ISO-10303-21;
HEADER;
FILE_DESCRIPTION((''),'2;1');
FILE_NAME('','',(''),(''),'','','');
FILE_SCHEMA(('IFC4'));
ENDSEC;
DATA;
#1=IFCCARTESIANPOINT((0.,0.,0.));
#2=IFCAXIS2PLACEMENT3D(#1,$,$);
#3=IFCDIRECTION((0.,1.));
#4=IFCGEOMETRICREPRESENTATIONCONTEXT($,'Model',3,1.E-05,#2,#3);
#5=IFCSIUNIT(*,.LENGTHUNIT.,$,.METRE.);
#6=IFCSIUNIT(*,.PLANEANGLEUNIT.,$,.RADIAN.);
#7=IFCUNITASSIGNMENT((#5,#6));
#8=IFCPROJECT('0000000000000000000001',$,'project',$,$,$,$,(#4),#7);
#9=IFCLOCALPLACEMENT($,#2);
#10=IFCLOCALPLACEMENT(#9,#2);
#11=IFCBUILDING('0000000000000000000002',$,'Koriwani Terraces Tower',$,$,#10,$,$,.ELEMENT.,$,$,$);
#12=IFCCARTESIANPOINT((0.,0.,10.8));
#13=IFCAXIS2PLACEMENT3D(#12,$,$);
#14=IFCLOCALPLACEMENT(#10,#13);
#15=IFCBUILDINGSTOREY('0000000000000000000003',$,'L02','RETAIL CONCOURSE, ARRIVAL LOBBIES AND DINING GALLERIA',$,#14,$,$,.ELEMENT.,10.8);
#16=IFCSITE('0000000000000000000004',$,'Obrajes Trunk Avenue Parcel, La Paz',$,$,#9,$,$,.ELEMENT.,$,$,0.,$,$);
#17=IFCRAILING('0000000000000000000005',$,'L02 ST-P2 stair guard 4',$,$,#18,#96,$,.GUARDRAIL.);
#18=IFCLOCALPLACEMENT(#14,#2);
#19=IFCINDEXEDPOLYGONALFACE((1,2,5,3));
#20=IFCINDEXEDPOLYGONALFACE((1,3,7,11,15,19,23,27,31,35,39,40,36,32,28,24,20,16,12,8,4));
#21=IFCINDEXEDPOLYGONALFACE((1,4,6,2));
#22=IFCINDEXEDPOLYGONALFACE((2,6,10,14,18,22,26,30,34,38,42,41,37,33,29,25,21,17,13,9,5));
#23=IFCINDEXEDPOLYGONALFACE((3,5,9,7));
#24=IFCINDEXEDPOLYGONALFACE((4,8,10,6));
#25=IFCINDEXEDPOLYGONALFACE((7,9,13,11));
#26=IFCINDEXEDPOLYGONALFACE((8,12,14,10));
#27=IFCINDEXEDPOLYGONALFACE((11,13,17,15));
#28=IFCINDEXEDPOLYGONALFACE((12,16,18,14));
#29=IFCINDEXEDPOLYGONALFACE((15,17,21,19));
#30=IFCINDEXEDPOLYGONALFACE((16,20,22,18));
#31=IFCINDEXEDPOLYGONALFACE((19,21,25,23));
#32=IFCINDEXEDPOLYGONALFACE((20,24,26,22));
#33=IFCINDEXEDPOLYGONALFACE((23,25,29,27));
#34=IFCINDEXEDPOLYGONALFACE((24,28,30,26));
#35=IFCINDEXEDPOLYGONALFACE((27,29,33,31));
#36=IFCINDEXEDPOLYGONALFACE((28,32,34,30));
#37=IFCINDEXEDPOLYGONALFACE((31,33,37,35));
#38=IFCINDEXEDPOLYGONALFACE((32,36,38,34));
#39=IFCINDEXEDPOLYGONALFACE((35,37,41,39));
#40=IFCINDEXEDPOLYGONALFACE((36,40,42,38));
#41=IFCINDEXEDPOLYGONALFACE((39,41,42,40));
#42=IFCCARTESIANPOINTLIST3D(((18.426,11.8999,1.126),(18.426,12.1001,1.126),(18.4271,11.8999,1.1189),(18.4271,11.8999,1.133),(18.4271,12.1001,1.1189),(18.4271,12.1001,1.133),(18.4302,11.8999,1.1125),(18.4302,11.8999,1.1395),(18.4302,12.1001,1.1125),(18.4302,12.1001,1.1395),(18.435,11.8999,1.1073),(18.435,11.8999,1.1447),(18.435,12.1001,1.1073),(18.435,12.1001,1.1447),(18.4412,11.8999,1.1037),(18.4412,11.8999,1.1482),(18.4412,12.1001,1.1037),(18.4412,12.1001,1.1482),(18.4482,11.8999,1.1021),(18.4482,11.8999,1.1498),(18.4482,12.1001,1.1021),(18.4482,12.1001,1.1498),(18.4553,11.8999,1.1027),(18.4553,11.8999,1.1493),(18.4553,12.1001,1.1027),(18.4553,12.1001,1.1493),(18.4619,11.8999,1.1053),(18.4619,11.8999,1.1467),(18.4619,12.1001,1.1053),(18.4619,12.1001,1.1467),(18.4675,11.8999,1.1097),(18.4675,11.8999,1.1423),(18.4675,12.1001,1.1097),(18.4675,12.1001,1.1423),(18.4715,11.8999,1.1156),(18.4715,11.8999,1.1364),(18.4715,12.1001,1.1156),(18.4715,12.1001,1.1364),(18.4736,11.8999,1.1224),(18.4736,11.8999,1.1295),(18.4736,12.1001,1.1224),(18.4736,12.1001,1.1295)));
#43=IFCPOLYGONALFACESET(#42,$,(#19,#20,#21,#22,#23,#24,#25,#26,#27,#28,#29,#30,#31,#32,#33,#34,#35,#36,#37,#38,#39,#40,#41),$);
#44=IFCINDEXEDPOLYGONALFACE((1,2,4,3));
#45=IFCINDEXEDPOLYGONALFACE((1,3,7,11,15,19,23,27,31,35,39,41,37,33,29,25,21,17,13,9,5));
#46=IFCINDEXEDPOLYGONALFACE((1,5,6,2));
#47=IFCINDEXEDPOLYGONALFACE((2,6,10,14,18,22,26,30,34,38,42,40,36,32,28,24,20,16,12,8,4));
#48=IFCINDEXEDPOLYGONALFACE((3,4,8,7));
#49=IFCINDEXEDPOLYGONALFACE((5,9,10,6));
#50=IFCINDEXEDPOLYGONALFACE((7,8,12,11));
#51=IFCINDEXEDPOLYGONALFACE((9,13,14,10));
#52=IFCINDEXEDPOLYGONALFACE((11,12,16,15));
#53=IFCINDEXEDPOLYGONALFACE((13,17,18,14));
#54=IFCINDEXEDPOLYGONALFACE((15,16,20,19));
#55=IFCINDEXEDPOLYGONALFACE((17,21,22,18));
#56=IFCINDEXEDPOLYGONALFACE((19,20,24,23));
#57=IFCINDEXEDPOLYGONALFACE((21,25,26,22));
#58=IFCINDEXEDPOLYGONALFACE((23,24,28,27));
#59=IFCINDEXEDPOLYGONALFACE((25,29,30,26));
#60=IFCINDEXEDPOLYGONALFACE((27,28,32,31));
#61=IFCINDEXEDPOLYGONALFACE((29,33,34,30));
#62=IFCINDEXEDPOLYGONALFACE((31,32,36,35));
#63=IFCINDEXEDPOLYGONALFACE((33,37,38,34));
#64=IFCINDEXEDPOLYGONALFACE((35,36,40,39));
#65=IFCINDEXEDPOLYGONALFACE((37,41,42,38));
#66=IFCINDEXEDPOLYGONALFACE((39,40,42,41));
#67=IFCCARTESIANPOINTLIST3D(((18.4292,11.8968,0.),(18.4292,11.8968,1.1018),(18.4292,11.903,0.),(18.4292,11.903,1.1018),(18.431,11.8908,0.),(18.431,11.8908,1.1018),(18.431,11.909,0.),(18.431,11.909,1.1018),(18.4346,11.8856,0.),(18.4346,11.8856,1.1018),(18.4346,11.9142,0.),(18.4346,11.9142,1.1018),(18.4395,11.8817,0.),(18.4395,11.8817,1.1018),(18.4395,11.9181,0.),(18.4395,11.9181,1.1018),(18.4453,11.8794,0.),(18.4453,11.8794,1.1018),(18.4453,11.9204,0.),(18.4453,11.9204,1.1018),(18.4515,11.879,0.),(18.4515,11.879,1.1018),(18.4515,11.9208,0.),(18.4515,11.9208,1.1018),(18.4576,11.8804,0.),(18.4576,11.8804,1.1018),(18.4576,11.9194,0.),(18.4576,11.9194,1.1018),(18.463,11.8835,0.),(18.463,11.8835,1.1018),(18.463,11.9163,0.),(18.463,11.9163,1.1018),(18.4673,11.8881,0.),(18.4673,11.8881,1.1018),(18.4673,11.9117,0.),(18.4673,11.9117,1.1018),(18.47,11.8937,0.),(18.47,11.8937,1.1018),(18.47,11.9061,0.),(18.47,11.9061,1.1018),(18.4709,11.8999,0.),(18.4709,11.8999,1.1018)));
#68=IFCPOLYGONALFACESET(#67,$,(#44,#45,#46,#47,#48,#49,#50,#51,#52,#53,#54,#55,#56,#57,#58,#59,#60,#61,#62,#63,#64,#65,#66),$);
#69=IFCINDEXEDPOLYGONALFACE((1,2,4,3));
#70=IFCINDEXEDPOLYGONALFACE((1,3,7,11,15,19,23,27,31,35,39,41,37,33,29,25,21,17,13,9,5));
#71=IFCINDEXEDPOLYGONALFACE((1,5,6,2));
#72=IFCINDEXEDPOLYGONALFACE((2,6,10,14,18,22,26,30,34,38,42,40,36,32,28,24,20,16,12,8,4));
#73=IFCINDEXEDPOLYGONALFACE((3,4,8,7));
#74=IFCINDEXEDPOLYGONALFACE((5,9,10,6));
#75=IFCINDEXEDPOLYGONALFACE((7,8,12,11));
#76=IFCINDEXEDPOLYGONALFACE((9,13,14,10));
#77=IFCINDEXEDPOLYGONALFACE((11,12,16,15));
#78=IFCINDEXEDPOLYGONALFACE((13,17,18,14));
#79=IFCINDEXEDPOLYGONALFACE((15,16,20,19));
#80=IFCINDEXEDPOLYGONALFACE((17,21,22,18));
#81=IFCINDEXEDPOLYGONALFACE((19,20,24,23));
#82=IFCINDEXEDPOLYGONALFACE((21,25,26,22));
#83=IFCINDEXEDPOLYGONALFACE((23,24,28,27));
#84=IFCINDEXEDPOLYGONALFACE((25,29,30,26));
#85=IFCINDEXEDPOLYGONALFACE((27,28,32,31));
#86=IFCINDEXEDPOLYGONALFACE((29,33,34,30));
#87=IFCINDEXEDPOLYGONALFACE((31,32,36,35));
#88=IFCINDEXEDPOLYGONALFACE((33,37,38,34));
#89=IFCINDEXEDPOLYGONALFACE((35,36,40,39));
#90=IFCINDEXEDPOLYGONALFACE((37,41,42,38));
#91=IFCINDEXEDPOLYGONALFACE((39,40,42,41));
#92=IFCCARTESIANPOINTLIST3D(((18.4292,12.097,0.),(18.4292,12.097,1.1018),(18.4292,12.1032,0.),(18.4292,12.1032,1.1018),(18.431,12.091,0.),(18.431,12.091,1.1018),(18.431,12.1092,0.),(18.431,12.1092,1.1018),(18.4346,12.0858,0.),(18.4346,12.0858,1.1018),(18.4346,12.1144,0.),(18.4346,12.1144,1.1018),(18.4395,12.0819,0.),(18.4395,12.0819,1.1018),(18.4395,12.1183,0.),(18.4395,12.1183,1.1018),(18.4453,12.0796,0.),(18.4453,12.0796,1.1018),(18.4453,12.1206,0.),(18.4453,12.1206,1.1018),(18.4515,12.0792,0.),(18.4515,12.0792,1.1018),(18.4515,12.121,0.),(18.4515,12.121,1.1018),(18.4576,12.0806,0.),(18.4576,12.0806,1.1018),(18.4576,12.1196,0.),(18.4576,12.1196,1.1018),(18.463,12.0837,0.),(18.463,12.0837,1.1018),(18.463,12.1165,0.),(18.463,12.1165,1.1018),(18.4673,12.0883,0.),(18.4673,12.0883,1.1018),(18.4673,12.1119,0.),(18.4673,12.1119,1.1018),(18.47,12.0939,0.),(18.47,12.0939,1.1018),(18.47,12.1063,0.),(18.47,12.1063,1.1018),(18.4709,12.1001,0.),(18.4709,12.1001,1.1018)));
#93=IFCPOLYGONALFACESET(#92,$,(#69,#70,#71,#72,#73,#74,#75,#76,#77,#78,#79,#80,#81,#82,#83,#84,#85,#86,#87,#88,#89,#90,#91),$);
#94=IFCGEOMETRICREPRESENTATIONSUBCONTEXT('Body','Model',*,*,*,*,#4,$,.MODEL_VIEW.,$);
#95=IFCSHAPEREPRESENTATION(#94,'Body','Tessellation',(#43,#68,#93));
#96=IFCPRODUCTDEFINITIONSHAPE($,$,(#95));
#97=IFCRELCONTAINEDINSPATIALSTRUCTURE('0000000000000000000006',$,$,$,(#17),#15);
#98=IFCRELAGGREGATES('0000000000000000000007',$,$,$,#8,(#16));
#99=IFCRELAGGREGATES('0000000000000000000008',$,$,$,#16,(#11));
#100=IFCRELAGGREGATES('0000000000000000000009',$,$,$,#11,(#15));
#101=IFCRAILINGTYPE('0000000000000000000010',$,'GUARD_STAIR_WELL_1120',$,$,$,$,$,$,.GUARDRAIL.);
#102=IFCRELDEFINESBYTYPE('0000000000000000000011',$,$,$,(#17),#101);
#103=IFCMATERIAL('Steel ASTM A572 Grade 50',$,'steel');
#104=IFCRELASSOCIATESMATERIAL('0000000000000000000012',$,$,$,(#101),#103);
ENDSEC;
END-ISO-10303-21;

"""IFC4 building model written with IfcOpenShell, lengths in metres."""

from ifc_helpers import new_model, si_unit, direction, frame, origin, origin_2d, place, context, subcontext, project, spatial, circle, extrude, material, type_object, element, save


model = new_model("IFC4")

# Units and contexts
model_context = context("Model", 3, precision=1e-05, world=origin(), true_north=direction((0.0, 1.0)))
body_context = subcontext(model_context, "Body", "Model", "MODEL_VIEW")
ifc_project = project(units=[si_unit("LENGTHUNIT", "METRE"), si_unit("PLANEANGLEUNIT", "RADIAN")], contexts=[model_context])

# Site, building, storey
site_placement = place(None, origin())
site = spatial("IfcSite", under=ifc_project, at=site_placement, Name="Obrajes Trunk Avenue Parcel, La Paz", CompositionType="ELEMENT", RefElevation=0.0)
building_placement = place(site_placement, origin())
building = spatial("IfcBuilding", under=site, at=building_placement, Name="Koriwani Terraces Tower", CompositionType="ELEMENT")
storey_placement = place(building_placement, frame((0.0, 0.0, 10.8)))
storey = spatial("IfcBuildingStorey", under=building, at=storey_placement, Name="L02", Description="RETAIL CONCOURSE, ARRIVAL LOBBIES AND DINING GALLERIA", CompositionType="ELEMENT", Elevation=10.8)

# Shared definitions
ifc_material_1 = material(Name="Steel ASTM A572 Grade 50", Category="steel")

# Railing
railing_type_1 = type_object("IfcRailingType", Name="GUARD_STAIR_WELL_1120", PredefinedType="GUARDRAIL", material=ifc_material_1)
railing_1_placement = place(storey_placement, frame((18.45, 11.8999, 0.0)))
element("IfcRailing", 1, at=railing_1_placement, inside=storey, type_object=railing_type_1, Name="L02 ST-P2 stair guard 4", PredefinedType="GUARDRAIL", context=body_context, shape_type="SweptSolid", body=[
    extrude(circle(Radius=0.0239, at=origin_2d()), frame((0.0, 0.0, 1.126), z_axis=(0.0, 1.0, 0.0), x_axis=(-1.0, 0.0, 0.0)), (0.0, 0.0, 1.0), 0.2002),
    extrude(circle(Radius=0.021, at=origin_2d()), origin(), (0.0, 0.0, 1.0), 1.1018),
    extrude(circle(Radius=0.021, at=origin_2d()), frame((0.0, 0.2002, 0.0)), (0.0, 0.0, 1.0), 1.1018),
])

save(model, "model.ifc")
